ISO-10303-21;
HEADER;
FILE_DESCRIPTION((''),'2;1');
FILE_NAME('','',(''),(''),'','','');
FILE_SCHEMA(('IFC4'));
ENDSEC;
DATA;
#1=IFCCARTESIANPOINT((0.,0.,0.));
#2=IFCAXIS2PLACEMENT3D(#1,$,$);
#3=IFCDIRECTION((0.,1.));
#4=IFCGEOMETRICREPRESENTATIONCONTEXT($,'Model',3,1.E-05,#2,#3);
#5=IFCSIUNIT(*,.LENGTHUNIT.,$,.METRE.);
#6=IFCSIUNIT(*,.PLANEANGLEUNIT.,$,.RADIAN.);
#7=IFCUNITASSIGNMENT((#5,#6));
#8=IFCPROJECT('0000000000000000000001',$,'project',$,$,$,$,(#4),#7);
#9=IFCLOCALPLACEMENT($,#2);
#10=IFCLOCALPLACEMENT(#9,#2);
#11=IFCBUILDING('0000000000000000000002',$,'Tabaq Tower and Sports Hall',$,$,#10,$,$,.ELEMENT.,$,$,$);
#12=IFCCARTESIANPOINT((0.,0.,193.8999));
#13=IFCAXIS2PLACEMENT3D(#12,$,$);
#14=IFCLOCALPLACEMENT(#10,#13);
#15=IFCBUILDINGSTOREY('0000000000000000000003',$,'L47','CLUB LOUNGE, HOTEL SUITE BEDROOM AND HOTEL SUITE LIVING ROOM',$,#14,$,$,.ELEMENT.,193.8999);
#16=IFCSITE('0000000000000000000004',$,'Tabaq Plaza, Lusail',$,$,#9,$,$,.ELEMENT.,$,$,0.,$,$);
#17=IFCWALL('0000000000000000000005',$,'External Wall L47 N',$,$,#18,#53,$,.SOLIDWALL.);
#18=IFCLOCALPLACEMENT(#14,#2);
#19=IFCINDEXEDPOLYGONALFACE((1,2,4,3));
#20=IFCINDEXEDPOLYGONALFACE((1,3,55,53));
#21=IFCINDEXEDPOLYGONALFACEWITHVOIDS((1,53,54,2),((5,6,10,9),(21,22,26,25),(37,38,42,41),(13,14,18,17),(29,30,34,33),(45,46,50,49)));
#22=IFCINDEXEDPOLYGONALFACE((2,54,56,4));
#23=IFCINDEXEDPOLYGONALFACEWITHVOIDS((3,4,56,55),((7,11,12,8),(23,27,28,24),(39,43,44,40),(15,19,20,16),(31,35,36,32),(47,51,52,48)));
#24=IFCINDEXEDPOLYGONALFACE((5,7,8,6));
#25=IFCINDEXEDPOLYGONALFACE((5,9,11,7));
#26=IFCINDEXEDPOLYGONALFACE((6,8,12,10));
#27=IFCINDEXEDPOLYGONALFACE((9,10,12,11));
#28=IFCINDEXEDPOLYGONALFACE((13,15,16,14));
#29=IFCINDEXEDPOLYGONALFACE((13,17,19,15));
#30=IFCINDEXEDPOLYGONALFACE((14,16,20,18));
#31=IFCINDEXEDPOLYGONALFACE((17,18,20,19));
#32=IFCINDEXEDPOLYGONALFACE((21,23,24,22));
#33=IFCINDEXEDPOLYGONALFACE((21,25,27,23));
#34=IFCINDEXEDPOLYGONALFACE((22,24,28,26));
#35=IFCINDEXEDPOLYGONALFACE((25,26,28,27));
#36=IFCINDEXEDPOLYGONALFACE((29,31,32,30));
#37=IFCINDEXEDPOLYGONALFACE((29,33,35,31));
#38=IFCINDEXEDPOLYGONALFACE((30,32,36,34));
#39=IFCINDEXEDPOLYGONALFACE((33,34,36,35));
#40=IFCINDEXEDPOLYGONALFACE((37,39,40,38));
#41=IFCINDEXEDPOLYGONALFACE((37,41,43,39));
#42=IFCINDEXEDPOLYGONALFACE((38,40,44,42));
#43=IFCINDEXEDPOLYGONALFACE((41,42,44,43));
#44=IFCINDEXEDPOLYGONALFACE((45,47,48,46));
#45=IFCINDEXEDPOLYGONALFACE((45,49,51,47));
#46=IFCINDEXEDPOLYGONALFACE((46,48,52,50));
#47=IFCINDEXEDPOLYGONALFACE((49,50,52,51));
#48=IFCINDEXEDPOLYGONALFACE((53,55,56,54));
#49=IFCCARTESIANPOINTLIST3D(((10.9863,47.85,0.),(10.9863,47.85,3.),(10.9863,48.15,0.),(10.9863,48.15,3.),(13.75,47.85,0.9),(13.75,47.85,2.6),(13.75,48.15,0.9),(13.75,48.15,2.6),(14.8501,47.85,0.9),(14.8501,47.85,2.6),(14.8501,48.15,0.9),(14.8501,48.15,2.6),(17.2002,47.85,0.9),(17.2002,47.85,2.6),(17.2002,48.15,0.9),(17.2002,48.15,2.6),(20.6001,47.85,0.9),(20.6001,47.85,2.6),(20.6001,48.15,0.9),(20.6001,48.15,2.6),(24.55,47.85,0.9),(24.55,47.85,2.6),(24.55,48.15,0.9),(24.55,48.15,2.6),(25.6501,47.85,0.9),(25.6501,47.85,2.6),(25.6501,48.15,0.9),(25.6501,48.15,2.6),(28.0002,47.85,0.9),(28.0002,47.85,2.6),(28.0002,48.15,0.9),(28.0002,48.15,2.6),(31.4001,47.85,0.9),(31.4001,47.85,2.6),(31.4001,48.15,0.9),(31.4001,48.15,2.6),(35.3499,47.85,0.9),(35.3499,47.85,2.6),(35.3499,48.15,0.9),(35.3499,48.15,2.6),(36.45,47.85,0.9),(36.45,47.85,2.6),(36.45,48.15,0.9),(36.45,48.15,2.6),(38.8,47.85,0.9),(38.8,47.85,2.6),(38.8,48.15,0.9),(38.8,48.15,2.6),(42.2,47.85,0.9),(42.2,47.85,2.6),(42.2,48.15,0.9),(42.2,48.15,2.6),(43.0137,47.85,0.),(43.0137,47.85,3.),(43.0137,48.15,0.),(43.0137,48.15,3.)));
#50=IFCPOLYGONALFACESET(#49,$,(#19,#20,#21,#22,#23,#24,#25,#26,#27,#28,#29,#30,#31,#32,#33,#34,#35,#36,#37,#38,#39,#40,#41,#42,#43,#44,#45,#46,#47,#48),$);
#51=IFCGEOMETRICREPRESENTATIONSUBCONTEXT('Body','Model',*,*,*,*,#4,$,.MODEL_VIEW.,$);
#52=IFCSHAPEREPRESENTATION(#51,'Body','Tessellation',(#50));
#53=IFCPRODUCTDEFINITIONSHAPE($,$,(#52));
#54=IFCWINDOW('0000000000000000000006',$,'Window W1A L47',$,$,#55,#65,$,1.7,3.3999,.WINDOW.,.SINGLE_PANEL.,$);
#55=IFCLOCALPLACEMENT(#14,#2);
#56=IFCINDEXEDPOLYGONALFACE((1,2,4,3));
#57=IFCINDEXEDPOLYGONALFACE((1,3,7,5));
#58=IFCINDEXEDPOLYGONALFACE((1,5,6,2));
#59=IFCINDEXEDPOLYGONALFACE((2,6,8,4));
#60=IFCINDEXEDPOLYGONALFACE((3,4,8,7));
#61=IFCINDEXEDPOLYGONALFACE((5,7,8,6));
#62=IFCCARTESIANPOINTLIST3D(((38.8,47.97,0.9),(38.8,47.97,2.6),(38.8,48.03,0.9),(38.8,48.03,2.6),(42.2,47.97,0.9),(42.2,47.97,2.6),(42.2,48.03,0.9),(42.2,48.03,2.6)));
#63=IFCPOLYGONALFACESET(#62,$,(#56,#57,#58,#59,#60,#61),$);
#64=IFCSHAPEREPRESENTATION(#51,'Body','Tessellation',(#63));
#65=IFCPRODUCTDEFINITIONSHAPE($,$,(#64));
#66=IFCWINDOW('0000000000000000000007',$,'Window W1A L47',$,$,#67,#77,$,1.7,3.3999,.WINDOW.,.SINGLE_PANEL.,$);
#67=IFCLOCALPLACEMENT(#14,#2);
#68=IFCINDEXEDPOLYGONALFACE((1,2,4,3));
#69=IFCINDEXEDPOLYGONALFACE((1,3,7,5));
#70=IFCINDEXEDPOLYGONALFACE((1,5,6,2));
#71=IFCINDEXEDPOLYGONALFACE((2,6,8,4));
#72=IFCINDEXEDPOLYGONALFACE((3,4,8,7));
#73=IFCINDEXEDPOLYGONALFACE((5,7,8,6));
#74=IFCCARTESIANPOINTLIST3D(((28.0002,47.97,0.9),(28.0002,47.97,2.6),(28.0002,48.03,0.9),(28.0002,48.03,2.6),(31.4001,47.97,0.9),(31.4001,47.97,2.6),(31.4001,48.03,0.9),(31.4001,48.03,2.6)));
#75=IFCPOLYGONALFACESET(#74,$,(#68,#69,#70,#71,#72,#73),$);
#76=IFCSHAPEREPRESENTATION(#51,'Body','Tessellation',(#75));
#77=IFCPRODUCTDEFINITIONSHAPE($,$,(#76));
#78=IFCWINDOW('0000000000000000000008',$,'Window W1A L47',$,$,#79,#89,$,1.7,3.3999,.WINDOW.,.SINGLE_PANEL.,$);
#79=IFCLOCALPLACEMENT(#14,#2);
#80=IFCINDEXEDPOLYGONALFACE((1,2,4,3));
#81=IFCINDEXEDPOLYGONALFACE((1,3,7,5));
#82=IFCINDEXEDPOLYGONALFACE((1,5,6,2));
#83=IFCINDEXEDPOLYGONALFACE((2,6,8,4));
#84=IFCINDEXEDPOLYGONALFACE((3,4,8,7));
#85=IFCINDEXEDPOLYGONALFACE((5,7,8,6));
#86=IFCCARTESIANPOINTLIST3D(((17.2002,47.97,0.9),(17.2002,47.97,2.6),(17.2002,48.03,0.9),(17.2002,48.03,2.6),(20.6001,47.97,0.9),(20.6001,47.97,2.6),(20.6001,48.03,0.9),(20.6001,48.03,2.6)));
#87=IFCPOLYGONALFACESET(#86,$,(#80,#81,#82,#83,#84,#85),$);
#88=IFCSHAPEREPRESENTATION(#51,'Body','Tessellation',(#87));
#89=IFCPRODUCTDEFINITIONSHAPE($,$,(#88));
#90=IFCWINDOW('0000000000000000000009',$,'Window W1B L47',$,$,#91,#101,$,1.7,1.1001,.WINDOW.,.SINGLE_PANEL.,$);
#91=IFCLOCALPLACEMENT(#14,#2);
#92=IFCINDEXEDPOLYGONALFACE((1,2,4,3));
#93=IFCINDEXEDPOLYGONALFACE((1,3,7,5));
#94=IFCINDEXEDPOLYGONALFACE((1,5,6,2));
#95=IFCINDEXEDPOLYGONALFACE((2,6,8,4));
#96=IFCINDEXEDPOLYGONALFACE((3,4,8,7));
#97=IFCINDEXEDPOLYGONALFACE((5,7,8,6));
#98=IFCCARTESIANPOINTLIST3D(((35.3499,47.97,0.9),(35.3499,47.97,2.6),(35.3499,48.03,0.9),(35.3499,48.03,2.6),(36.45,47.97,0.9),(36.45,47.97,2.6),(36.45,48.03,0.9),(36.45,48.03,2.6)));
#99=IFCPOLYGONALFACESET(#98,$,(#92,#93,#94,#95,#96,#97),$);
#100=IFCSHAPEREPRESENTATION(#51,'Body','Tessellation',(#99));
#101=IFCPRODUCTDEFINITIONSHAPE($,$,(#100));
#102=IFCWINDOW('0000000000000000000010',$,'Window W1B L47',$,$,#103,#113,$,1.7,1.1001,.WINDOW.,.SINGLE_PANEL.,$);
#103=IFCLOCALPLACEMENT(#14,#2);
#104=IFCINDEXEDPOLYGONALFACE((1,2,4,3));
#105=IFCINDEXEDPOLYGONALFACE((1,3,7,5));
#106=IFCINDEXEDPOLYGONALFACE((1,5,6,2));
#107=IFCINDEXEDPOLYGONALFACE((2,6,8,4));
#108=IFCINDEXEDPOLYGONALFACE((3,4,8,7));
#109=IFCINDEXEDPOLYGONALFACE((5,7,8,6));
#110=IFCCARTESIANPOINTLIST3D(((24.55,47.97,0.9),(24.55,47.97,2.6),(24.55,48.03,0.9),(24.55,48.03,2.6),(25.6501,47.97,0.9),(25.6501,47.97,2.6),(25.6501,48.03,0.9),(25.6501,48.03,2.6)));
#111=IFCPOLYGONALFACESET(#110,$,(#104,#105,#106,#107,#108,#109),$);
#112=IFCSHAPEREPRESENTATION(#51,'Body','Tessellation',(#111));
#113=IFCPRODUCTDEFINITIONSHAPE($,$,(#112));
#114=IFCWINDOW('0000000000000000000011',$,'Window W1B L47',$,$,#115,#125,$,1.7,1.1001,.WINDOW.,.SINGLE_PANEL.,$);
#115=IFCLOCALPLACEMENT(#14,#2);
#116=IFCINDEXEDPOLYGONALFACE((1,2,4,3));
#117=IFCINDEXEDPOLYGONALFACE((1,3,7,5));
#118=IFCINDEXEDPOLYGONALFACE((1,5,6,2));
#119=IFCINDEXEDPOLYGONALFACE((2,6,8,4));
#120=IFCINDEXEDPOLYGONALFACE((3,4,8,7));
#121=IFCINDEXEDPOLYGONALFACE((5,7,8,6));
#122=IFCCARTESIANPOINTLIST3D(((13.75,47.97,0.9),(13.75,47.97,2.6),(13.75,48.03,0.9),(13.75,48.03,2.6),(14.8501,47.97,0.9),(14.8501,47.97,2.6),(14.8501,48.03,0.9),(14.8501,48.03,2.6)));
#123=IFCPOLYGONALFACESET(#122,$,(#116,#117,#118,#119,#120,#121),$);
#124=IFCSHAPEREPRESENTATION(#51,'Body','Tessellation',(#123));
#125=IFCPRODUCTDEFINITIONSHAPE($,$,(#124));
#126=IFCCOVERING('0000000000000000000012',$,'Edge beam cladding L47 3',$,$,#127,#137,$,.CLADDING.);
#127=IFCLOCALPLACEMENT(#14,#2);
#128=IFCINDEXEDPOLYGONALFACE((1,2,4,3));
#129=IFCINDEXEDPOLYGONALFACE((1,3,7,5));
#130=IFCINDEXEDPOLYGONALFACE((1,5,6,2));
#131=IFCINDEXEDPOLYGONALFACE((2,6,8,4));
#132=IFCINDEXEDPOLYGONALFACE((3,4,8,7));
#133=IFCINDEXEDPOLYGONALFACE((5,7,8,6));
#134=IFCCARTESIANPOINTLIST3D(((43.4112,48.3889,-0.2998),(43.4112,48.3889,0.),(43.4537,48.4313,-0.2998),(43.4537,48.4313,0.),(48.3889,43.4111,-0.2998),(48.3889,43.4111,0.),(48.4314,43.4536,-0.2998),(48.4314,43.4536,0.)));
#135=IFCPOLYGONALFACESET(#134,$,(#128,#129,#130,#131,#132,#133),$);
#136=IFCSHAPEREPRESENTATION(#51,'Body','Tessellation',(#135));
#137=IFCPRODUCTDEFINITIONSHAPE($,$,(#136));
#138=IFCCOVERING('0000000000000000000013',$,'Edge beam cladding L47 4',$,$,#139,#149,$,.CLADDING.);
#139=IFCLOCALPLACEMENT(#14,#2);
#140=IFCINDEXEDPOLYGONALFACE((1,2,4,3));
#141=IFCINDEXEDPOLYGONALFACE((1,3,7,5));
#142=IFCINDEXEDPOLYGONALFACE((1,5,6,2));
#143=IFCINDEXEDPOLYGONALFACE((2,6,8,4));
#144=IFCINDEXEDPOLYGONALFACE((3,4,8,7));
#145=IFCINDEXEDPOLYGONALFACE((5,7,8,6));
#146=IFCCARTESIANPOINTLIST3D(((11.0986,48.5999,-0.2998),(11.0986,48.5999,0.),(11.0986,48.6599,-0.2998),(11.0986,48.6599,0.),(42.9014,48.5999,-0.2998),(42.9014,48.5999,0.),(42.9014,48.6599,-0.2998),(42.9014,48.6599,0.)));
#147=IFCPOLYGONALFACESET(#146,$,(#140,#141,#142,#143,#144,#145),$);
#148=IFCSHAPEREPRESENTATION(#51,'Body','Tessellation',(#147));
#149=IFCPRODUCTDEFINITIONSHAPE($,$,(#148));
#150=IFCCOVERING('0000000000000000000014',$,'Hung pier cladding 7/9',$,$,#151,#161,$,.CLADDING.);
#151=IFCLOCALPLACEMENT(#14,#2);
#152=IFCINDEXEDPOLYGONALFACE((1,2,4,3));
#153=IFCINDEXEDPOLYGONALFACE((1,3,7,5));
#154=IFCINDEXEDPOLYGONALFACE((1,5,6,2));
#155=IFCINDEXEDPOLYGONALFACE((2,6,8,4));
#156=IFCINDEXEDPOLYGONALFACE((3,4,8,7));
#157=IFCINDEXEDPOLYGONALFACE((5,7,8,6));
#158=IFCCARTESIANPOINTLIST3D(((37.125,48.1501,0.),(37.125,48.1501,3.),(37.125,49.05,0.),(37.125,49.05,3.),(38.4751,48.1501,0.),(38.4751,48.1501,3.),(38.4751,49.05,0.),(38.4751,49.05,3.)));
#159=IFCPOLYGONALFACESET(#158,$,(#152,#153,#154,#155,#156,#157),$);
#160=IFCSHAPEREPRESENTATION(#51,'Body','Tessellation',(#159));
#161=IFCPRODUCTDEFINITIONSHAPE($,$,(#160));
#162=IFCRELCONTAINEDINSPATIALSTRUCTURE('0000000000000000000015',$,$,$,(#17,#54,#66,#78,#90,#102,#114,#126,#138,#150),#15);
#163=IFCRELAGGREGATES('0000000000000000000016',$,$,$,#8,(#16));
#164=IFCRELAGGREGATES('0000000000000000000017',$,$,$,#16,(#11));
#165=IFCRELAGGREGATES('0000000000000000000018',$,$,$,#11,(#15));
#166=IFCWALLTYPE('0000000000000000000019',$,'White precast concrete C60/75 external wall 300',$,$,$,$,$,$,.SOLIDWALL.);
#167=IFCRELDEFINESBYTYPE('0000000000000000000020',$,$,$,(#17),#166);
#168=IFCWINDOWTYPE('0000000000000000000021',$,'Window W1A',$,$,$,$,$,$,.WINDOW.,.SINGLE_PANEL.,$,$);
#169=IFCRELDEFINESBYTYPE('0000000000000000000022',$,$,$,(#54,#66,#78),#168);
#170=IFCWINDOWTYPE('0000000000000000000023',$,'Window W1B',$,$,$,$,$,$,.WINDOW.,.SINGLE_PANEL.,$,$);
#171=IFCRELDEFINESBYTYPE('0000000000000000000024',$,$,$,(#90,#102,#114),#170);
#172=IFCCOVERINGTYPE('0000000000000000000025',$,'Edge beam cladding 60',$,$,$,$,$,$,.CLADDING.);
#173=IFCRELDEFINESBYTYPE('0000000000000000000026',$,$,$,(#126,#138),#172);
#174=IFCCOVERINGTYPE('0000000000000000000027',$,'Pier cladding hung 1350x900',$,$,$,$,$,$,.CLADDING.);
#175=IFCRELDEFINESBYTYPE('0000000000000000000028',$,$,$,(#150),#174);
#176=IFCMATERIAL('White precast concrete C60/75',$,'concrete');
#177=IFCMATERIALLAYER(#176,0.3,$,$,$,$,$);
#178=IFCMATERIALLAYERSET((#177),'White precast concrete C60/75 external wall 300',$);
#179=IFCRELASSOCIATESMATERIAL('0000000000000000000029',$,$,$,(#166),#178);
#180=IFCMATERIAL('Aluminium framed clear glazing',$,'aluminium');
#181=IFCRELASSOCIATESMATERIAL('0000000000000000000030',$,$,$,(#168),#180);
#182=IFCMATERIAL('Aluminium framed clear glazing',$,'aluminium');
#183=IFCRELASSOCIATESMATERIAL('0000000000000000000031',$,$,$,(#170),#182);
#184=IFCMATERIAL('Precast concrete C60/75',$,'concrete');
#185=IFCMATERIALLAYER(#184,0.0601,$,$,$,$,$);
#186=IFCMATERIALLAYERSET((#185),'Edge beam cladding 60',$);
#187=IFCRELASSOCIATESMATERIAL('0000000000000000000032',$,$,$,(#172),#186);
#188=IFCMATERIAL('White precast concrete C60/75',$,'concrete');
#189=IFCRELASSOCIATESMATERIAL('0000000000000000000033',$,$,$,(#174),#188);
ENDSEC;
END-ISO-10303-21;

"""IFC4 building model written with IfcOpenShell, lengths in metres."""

from ifc_helpers import new_model, si_unit, direction, frame, frame_2d, origin, place, context, subcontext, project, spatial, rectangle, extrude, material, layer, layer_set, type_object, element, fill, save


model = new_model("IFC4")

# Units and contexts
model_context = context("Model", 3, precision=1e-05, world=origin(), true_north=direction((0.0, 1.0)))
body_context = subcontext(model_context, "Body", "Model", "MODEL_VIEW")
ifc_project = project(units=[si_unit("LENGTHUNIT", "METRE"), si_unit("PLANEANGLEUNIT", "RADIAN")], contexts=[model_context])

# Site, building, storey
site_placement = place(None, origin())
site = spatial("IfcSite", under=ifc_project, at=site_placement, Name="Tabaq Plaza, Lusail", CompositionType="ELEMENT", RefElevation=0.0)
building_placement = place(site_placement, origin())
building = spatial("IfcBuilding", under=site, at=building_placement, Name="Tabaq Tower and Sports Hall", CompositionType="ELEMENT")
storey_placement = place(building_placement, frame((0.0, 0.0, 193.8999)))
storey = spatial("IfcBuildingStorey", under=building, at=storey_placement, Name="L47", Description="CLUB LOUNGE, HOTEL SUITE BEDROOM AND HOTEL SUITE LIVING ROOM", CompositionType="ELEMENT", Elevation=193.8999)

# Shared definitions
ifc_material_1 = material(Name="White precast concrete C60/75", Category="concrete")
ifc_layer_1 = layer(ifc_material_1, 0.3)
ifc_layer_set_1 = layer_set([ifc_layer_1], Name="White precast concrete C60/75 external wall 300")
wall_type_1 = type_object("IfcWallType", Name="White precast concrete C60/75 external wall 300", PredefinedType="SOLIDWALL", material=ifc_layer_set_1)
ifc_material_2 = material(Name="Aluminium framed clear glazing", Category="aluminium")
window_type_1 = type_object("IfcWindowType", Name="Window W1A", PartitioningType="SINGLE_PANEL", PredefinedType="WINDOW", material=ifc_material_2)

# Wall, openings, windows
wall_1_placement = place(storey_placement, frame((43.0137, 48.0, 0.0), z_axis=(0.0, 0.0, 1.0), x_axis=(-1.0, 0.0, 0.0)))
wall_1 = element("IfcWall", 1, at=wall_1_placement, inside=storey, type_object=wall_type_1, Name="External Wall L47 N", PredefinedType="SOLIDWALL", context=body_context, shape_type="SweptSolid", body=[
    extrude(rectangle(XDim=32.0273, YDim=0.3, at=frame_2d((16.0137, 0.0))), origin(), (0.0, 0.0, 1.0), 3.0),
])
opening_1_placement = place(wall_1_placement, frame((0.8137, 0.0, 0.8999)))
opening_1 = element("IfcOpeningElement", 2, at=opening_1_placement, cuts=wall_1, PredefinedType="OPENING", context=body_context, shape_type="SweptSolid", body=[
    extrude(rectangle(XDim=3.3999, YDim=1.7, at=frame_2d((1.7, 0.8501))), frame((0.0, 0.1602, 0.0), z_axis=(0.0, -1.0, 0.0), x_axis=(1.0, 0.0, 0.0)), (0.0, 0.0, 1.0), 0.3201),
])
opening_2_placement = place(wall_1_placement, frame((6.5637, 0.0, 0.8999)))
opening_2 = element("IfcOpeningElement", 3, at=opening_2_placement, cuts=wall_1, PredefinedType="OPENING", context=body_context, shape_type="SweptSolid", body=[
    extrude(rectangle(XDim=1.1001, YDim=1.7, at=frame_2d((0.55, 0.8501))), frame((0.0, 0.1602, 0.0), z_axis=(0.0, -1.0, 0.0), x_axis=(1.0, 0.0, 0.0)), (0.0, 0.0, 1.0), 0.3201),
])
opening_3_placement = place(wall_1_placement, frame((11.6135, 0.0, 0.8999)))
opening_3 = element("IfcOpeningElement", 4, at=opening_3_placement, cuts=wall_1, PredefinedType="OPENING", context=body_context, shape_type="SweptSolid", body=[
    extrude(rectangle(XDim=3.3999, YDim=1.7, at=frame_2d((1.7, 0.8501))), frame((0.0, 0.1602, 0.0), z_axis=(0.0, -1.0, 0.0), x_axis=(1.0, 0.0, 0.0)), (0.0, 0.0, 1.0), 0.3201),
])
opening_4_placement = place(wall_1_placement, frame((17.3635, 0.0, 0.8999)))
opening_4 = element("IfcOpeningElement", 5, at=opening_4_placement, cuts=wall_1, PredefinedType="OPENING", context=body_context, shape_type="SweptSolid", body=[
    extrude(rectangle(XDim=1.1001, YDim=1.7, at=frame_2d((0.55, 0.8501))), frame((0.0, 0.1602, 0.0), z_axis=(0.0, -1.0, 0.0), x_axis=(1.0, 0.0, 0.0)), (0.0, 0.0, 1.0), 0.3201),
])
opening_5_placement = place(wall_1_placement, frame((22.4136, 0.0, 0.8999)))
opening_5 = element("IfcOpeningElement", 6, at=opening_5_placement, cuts=wall_1, PredefinedType="OPENING", context=body_context, shape_type="SweptSolid", body=[
    extrude(rectangle(XDim=3.3999, YDim=1.7, at=frame_2d((1.7, 0.8501))), frame((0.0, 0.1602, 0.0), z_axis=(0.0, -1.0, 0.0), x_axis=(1.0, 0.0, 0.0)), (0.0, 0.0, 1.0), 0.3201),
])
opening_6_placement = place(wall_1_placement, frame((28.1636, 0.0, 0.8999)))
opening_6 = element("IfcOpeningElement", 7, at=opening_6_placement, cuts=wall_1, PredefinedType="OPENING", context=body_context, shape_type="SweptSolid", body=[
    extrude(rectangle(XDim=1.1001, YDim=1.7, at=frame_2d((0.55, 0.8501))), frame((0.0, 0.1602, 0.0), z_axis=(0.0, -1.0, 0.0), x_axis=(1.0, 0.0, 0.0)), (0.0, 0.0, 1.0), 0.3201),
])
window_1_placement = place(opening_1_placement, origin())
window_1 = element("IfcWindow", 8, at=window_1_placement, inside=storey, type_object=window_type_1, Name="Window W1A L47", OverallHeight=1.7, OverallWidth=3.3999, PartitioningType="SINGLE_PANEL", PredefinedType="WINDOW", context=body_context, shape_type="SweptSolid", body=[
    extrude(rectangle(XDim=3.3999, YDim=1.7, at=frame_2d((1.7, 0.8501))), frame((0.0, 0.03, 0.0), z_axis=(0.0, -1.0, 0.0), x_axis=(1.0, 0.0, 0.0)), (0.0, 0.0, 1.0), 0.0601),
])
fill(opening_1, window_1)
window_2_placement = place(opening_3_placement, origin())
window_2 = element("IfcWindow", 9, at=window_2_placement, inside=storey, type_object=window_type_1, Name="Window W1A L47", OverallHeight=1.7, OverallWidth=3.3999, PartitioningType="SINGLE_PANEL", PredefinedType="WINDOW", context=body_context, shape_type="SweptSolid", body=[
    extrude(rectangle(XDim=3.3999, YDim=1.7, at=frame_2d((1.7, 0.8501))), frame((0.0, 0.03, 0.0), z_axis=(0.0, -1.0, 0.0), x_axis=(1.0, 0.0, 0.0)), (0.0, 0.0, 1.0), 0.0601),
])
fill(opening_3, window_2)
window_3_placement = place(opening_5_placement, origin())
window_3 = element("IfcWindow", 10, at=window_3_placement, inside=storey, type_object=window_type_1, Name="Window W1A L47", OverallHeight=1.7, OverallWidth=3.3999, PartitioningType="SINGLE_PANEL", PredefinedType="WINDOW", context=body_context, shape_type="SweptSolid", body=[
    extrude(rectangle(XDim=3.3999, YDim=1.7, at=frame_2d((1.7, 0.8501))), frame((0.0, 0.03, 0.0), z_axis=(0.0, -1.0, 0.0), x_axis=(1.0, 0.0, 0.0)), (0.0, 0.0, 1.0), 0.0601),
])
fill(opening_5, window_3)
ifc_material_3 = material(Name="Aluminium framed clear glazing", Category="aluminium")
window_type_2 = type_object("IfcWindowType", Name="Window W1B", PartitioningType="SINGLE_PANEL", PredefinedType="WINDOW", material=ifc_material_3)
window_4_placement = place(opening_2_placement, origin())
window_4 = element("IfcWindow", 11, at=window_4_placement, inside=storey, type_object=window_type_2, Name="Window W1B L47", OverallHeight=1.7, OverallWidth=1.1001, PartitioningType="SINGLE_PANEL", PredefinedType="WINDOW", context=body_context, shape_type="SweptSolid", body=[
    extrude(rectangle(XDim=1.1001, YDim=1.7, at=frame_2d((0.55, 0.8501))), frame((0.0, 0.03, 0.0), z_axis=(0.0, -1.0, 0.0), x_axis=(1.0, 0.0, 0.0)), (0.0, 0.0, 1.0), 0.0601),
])
fill(opening_2, window_4)
window_5_placement = place(opening_4_placement, origin())
window_5 = element("IfcWindow", 12, at=window_5_placement, inside=storey, type_object=window_type_2, Name="Window W1B L47", OverallHeight=1.7, OverallWidth=1.1001, PartitioningType="SINGLE_PANEL", PredefinedType="WINDOW", context=body_context, shape_type="SweptSolid", body=[
    extrude(rectangle(XDim=1.1001, YDim=1.7, at=frame_2d((0.55, 0.8501))), frame((0.0, 0.03, 0.0), z_axis=(0.0, -1.0, 0.0), x_axis=(1.0, 0.0, 0.0)), (0.0, 0.0, 1.0), 0.0601),
])
fill(opening_4, window_5)
window_6_placement = place(opening_6_placement, origin())
window_6 = element("IfcWindow", 13, at=window_6_placement, inside=storey, type_object=window_type_2, Name="Window W1B L47", OverallHeight=1.7, OverallWidth=1.1001, PartitioningType="SINGLE_PANEL", PredefinedType="WINDOW", context=body_context, shape_type="SweptSolid", body=[
    extrude(rectangle(XDim=1.1001, YDim=1.7, at=frame_2d((0.55, 0.8501))), frame((0.0, 0.03, 0.0), z_axis=(0.0, -1.0, 0.0), x_axis=(1.0, 0.0, 0.0)), (0.0, 0.0, 1.0), 0.0601),
])
fill(opening_6, window_6)

# Coverings
ifc_material_4 = material(Name="Precast concrete C60/75", Category="concrete")
ifc_layer_2 = layer(ifc_material_4, 0.0601)
ifc_layer_set_2 = layer_set([ifc_layer_2], Name="Edge beam cladding 60")
covering_type_1 = type_object("IfcCoveringType", Name="Edge beam cladding 60", PredefinedType="CLADDING", material=ifc_layer_set_2)
covering_1_placement = place(storey_placement, frame((48.4102, 43.4324, -0.2998), z_axis=(0.0, 0.0, 1.0), x_axis=(-0.707107, 0.707107, 0.0)))
element("IfcCovering", 14, at=covering_1_placement, inside=storey, type_object=covering_type_1, Name="Edge beam cladding L47 3", PredefinedType="CLADDING", context=body_context, shape_type="SweptSolid", body=[
    extrude(rectangle(XDim=7.0396, YDim=0.0601, at=frame_2d((3.5198, 0.0))), origin(), (0.0, 0.0, 1.0), 0.2998),
])
covering_2_placement = place(storey_placement, frame((42.9014, 48.6299, -0.2998), z_axis=(0.0, 0.0, 1.0), x_axis=(-1.0, 0.0, 0.0)))
element("IfcCovering", 15, at=covering_2_placement, inside=storey, type_object=covering_type_1, Name="Edge beam cladding L47 4", PredefinedType="CLADDING", context=body_context, shape_type="SweptSolid", body=[
    extrude(rectangle(XDim=31.8027, YDim=0.0601, at=frame_2d((15.9014, 0.0))), origin(), (0.0, 0.0, 1.0), 0.2998),
])
ifc_material_5 = material(Name="White precast concrete C60/75", Category="concrete")
covering_type_2 = type_object("IfcCoveringType", Name="Pier cladding hung 1350x900", PredefinedType="CLADDING", material=ifc_material_5)
for number, where, z_axis, x_axis, name in (
    (16, (38.4751, 48.6001, 0.0), (0.0, 0.0, 1.0), (-1.0, 0.0, 0.0), "Hung pier cladding 7/9"),
):
    element("IfcCovering", number, at=place(storey_placement, frame(where, z_axis=z_axis, x_axis=x_axis)), inside=storey, type_object=covering_type_2, Name=name, PredefinedType="CLADDING", context=body_context, shape_type="SweptSolid", body=[
        extrude(rectangle(XDim=1.3501, YDim=0.8999, at=frame_2d((0.675, 0.0))), origin(), (0.0, 0.0, 1.0), 3.0),
    ])

save(model, "model.ifc")
